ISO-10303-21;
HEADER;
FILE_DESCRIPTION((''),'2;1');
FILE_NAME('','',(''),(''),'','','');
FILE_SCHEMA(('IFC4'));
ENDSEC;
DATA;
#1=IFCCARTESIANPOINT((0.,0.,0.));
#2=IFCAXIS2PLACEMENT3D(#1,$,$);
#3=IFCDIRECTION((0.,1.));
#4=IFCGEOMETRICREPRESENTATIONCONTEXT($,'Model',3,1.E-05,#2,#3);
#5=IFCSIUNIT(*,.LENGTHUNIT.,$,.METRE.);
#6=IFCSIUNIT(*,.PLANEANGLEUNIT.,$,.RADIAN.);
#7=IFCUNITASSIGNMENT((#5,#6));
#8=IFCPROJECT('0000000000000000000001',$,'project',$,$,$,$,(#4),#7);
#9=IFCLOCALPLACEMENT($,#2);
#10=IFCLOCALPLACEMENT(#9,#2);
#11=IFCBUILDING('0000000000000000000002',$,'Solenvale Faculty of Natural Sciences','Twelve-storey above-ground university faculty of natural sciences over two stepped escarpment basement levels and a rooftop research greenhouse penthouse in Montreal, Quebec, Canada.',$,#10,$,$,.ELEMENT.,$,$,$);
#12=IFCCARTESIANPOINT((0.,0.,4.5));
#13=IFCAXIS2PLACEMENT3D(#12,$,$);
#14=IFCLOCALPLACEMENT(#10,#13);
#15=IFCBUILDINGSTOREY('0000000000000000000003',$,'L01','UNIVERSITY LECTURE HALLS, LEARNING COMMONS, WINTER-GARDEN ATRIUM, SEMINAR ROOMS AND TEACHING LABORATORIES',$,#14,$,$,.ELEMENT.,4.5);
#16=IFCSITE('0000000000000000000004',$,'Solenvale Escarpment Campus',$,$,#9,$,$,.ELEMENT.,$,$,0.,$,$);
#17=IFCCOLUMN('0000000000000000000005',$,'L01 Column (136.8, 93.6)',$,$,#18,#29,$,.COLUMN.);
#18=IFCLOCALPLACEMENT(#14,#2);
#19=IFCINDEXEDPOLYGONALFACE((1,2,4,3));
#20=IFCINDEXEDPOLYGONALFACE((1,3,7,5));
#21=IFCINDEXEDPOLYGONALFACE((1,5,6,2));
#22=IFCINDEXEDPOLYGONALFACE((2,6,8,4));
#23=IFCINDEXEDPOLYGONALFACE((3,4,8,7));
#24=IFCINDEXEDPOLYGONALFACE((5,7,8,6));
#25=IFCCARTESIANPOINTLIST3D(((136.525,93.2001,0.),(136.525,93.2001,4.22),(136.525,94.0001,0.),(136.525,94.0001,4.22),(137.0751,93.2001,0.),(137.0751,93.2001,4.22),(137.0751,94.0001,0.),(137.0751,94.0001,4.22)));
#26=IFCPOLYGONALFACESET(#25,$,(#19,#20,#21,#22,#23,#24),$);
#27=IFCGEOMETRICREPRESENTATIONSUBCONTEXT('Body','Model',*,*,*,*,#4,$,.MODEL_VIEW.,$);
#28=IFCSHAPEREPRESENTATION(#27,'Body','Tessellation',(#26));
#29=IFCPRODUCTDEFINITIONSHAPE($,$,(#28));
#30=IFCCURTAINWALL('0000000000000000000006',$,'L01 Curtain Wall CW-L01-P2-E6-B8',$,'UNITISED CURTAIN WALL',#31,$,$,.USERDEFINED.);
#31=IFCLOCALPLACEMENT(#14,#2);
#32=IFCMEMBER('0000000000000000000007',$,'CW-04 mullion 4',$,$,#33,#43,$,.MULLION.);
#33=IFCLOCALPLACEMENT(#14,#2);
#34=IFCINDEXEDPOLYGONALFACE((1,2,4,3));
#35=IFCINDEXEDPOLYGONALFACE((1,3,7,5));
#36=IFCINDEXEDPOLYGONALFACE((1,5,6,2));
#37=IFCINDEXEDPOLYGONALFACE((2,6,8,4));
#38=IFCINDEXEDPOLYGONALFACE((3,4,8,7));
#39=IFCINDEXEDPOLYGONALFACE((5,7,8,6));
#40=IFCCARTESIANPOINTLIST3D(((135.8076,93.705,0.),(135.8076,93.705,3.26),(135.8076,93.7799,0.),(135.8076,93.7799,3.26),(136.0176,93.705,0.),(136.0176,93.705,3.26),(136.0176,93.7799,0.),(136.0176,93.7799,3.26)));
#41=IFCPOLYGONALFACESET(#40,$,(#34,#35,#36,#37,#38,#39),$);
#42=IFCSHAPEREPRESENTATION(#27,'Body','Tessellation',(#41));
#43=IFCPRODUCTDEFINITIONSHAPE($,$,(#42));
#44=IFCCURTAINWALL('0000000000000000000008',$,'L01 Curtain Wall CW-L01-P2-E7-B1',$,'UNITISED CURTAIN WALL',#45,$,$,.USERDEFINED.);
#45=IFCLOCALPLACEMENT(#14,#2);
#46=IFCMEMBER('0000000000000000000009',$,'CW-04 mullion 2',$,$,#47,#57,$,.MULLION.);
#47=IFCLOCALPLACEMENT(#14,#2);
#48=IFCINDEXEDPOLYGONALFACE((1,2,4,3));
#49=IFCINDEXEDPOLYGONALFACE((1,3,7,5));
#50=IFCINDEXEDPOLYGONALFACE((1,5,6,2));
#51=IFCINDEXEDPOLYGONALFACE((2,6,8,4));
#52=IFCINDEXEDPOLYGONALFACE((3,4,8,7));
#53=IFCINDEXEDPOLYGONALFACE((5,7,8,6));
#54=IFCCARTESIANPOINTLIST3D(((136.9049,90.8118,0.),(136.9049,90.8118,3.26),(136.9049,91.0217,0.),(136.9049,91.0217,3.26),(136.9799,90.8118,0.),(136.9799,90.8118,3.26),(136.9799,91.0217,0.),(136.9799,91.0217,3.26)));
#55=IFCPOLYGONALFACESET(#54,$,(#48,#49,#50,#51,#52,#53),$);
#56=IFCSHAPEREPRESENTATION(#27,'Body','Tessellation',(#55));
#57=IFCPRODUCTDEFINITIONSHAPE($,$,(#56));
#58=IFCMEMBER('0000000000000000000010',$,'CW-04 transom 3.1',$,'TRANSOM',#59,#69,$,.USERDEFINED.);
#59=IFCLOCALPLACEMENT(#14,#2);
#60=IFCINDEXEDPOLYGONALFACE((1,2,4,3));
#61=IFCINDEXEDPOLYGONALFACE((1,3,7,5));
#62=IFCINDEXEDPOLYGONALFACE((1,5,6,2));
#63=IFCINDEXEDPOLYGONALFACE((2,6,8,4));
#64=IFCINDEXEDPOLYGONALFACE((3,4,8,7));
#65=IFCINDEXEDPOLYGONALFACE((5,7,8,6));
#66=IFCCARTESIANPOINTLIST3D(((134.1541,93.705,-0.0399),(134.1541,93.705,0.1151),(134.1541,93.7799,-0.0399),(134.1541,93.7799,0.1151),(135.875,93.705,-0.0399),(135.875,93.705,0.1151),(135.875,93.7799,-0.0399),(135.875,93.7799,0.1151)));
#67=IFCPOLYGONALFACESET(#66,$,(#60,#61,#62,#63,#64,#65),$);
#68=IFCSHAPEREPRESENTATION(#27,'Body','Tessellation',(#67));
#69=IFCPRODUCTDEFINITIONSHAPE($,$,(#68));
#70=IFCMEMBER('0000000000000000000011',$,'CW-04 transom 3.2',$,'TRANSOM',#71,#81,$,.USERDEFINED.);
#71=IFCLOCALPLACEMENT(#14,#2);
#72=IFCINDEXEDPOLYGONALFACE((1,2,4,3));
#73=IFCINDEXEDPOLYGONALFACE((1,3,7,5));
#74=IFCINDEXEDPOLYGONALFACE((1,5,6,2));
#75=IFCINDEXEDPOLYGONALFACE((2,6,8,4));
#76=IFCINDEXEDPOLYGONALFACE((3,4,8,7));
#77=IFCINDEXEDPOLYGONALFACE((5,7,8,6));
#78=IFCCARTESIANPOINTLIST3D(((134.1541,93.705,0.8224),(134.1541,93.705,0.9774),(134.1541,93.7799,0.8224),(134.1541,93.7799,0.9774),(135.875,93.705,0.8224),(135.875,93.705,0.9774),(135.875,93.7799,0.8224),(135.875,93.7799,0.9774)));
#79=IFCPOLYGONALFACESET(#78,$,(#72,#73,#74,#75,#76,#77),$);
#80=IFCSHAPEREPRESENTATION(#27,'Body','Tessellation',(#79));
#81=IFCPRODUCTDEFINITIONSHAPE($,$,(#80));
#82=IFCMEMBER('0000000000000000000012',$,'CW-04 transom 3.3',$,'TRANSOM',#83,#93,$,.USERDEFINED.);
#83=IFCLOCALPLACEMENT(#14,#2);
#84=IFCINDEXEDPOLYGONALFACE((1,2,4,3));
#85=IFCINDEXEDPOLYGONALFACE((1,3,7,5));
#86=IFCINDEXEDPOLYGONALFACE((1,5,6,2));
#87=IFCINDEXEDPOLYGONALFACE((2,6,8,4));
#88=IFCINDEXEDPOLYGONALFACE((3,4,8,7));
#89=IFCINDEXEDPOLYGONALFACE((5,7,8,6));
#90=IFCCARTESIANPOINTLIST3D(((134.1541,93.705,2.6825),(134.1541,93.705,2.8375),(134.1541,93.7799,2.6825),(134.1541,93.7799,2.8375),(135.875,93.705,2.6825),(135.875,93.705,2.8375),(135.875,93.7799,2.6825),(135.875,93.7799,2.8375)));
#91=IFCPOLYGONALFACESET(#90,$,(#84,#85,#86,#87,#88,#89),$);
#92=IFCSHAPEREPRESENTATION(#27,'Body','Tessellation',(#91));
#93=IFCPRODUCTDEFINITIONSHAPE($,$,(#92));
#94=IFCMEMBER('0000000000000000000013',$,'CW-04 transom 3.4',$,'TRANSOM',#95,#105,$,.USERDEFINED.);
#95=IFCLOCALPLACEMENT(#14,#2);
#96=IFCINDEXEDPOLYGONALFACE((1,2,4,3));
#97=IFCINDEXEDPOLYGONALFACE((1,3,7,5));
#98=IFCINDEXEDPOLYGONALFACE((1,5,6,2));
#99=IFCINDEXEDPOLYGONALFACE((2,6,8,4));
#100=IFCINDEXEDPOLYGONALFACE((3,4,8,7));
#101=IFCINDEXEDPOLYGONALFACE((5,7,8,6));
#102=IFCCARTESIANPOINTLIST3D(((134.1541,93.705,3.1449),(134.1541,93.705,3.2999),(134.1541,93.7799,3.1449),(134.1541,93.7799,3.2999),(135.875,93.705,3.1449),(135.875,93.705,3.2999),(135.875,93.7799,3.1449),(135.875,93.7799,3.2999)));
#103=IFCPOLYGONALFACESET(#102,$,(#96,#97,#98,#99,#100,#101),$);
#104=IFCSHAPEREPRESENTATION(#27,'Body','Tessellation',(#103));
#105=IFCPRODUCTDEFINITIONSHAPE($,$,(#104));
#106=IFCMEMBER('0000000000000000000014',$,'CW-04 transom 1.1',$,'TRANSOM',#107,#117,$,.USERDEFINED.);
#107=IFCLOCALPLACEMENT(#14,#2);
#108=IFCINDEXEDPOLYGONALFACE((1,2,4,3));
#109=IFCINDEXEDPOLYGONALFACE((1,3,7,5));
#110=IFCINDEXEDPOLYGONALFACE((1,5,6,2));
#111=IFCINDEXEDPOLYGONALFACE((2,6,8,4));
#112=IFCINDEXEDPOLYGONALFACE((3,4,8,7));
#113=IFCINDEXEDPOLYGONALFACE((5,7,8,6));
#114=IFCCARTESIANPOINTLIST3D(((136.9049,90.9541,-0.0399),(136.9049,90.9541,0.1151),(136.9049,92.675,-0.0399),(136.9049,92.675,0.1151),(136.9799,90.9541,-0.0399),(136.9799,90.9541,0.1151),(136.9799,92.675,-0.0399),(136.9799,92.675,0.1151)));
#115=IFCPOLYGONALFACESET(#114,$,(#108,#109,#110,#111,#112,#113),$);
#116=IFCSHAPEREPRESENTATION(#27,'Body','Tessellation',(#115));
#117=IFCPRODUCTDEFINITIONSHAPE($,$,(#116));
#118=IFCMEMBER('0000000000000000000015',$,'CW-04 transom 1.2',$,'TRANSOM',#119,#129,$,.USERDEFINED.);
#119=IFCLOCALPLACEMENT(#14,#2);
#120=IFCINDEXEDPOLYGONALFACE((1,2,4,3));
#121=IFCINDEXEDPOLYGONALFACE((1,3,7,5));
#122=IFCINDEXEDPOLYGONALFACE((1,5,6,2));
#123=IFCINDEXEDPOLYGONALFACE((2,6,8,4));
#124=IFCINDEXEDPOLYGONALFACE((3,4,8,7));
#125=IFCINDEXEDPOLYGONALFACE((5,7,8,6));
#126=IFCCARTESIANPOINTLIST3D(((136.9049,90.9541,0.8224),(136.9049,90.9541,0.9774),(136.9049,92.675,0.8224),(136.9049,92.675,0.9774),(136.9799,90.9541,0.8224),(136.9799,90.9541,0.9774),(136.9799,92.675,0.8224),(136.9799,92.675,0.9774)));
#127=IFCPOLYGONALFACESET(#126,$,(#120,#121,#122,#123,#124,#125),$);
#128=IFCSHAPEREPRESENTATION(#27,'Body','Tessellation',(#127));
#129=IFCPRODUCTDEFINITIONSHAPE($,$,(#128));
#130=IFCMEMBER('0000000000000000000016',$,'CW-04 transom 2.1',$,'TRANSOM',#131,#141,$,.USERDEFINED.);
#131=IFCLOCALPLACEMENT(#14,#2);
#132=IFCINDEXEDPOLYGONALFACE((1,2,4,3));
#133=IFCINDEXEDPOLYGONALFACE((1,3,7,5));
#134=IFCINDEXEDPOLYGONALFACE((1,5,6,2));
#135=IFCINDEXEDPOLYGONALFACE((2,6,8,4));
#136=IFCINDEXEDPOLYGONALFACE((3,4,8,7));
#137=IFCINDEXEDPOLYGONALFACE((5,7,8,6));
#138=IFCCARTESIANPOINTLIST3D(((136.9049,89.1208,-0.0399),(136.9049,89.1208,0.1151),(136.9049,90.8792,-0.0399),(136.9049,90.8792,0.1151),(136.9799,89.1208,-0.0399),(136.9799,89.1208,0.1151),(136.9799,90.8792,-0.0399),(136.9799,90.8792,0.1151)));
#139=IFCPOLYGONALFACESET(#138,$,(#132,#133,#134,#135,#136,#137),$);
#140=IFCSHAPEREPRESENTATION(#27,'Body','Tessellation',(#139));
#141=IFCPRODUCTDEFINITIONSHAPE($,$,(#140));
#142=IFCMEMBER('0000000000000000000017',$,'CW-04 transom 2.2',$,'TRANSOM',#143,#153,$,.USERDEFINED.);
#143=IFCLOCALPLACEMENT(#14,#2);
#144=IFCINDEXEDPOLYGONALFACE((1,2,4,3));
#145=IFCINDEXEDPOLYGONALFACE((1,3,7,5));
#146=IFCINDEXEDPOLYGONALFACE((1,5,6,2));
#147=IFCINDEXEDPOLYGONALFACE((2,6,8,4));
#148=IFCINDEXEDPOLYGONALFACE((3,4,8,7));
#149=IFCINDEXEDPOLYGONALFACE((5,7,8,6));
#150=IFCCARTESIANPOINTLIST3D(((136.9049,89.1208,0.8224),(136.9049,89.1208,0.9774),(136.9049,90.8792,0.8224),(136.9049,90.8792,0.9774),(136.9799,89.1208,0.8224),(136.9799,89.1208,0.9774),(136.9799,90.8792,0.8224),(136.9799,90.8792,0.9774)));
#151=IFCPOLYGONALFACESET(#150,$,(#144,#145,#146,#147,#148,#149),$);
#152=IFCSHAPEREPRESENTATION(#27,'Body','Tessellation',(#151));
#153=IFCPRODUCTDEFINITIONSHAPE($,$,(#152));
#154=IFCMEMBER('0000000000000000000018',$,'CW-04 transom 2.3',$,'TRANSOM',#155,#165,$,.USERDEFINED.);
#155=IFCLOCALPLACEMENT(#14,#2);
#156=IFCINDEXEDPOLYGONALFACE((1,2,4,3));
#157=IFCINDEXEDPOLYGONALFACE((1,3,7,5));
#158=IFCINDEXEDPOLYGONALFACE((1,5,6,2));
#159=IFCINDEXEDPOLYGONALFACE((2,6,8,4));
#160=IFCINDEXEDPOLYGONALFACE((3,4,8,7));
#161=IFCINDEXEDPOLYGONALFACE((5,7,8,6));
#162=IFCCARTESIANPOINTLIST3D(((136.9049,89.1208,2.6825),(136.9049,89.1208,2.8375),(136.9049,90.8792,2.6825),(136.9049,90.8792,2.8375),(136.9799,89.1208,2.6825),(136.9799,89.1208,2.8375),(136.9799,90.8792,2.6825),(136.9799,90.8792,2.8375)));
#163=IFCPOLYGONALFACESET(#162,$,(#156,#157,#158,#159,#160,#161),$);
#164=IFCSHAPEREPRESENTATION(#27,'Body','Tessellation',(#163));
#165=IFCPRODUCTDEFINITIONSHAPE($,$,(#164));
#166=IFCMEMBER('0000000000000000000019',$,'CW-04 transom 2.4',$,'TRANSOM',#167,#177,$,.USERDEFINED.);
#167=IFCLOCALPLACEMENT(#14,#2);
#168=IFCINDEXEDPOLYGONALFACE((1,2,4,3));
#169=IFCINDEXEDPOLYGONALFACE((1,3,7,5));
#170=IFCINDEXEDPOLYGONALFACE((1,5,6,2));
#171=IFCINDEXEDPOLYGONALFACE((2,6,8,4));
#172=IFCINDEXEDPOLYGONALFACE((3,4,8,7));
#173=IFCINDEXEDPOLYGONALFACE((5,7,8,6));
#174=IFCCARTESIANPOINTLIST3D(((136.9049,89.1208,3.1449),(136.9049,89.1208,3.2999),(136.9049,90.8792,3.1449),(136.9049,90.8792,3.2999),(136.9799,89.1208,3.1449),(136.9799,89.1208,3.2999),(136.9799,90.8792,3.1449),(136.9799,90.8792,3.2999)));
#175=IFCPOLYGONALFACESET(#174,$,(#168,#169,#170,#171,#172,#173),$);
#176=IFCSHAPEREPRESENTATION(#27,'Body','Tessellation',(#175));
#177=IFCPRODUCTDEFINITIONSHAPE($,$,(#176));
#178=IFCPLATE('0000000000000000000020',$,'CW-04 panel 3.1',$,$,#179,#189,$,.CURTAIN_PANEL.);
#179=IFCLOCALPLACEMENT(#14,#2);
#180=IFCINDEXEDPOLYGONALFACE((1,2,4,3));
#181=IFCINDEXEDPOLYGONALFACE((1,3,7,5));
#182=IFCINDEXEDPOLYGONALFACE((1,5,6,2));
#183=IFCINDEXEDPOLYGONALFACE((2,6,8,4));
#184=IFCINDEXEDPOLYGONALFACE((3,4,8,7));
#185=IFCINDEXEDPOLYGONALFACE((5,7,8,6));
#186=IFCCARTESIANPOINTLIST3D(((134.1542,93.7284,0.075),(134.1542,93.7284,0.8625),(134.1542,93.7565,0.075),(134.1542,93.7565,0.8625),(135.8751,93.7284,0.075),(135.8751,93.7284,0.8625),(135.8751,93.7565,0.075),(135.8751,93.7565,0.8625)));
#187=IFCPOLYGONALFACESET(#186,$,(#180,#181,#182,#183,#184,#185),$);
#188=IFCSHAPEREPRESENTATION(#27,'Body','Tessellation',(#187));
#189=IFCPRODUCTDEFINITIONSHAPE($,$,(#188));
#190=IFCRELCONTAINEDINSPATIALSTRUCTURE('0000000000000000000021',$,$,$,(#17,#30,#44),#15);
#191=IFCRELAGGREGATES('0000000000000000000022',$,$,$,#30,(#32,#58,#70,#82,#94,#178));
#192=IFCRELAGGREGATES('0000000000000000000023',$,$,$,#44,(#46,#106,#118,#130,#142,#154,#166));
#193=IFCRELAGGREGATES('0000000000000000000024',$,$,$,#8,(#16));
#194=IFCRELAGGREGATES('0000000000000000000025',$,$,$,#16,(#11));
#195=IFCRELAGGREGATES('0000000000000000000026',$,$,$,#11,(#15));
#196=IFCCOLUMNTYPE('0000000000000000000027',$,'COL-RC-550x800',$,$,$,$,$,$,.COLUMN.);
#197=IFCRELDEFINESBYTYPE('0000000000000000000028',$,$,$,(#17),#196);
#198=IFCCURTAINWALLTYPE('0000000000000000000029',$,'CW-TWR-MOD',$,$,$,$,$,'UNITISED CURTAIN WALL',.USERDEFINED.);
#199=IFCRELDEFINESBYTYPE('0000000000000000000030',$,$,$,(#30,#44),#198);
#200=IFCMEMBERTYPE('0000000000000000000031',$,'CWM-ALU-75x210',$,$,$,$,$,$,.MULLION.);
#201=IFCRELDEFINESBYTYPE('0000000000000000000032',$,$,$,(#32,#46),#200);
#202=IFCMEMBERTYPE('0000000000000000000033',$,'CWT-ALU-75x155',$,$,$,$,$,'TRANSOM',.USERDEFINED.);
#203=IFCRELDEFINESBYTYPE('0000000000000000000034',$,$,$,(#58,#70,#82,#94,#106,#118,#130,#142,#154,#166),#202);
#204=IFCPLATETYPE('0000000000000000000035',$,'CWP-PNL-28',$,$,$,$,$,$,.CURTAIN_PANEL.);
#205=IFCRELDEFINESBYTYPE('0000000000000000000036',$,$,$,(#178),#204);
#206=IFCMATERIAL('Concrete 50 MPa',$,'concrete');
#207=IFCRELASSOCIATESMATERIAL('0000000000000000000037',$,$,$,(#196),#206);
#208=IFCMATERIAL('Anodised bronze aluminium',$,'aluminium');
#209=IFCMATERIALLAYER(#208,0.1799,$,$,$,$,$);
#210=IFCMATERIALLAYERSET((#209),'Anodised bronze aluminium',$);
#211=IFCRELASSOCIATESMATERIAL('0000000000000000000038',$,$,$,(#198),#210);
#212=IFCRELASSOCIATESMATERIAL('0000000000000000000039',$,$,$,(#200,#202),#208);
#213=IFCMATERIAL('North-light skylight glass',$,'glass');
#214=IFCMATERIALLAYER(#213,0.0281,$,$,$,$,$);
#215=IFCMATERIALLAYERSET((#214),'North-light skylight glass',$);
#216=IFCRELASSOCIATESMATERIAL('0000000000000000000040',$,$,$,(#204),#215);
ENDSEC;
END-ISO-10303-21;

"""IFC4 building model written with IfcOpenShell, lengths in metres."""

from ifc_helpers import new_model, si_unit, direction, frame, origin, origin_2d, place, context, subcontext, project, spatial, rectangle, extrude, material, layer, layer_set, material_profile, profile_set, type_object, element, aggregate, save


model = new_model("IFC4")

# Units and contexts
model_context = context("Model", 3, precision=1e-05, world=origin(), true_north=direction((0.0, 1.0)))
body_context = subcontext(model_context, "Body", "Model", "MODEL_VIEW")
ifc_project = project(units=[si_unit("LENGTHUNIT", "METRE"), si_unit("PLANEANGLEUNIT", "RADIAN")], contexts=[model_context])

# Site, building, storey
site_placement = place(None, origin())
site = spatial("IfcSite", under=ifc_project, at=site_placement, Name="Solenvale Escarpment Campus", CompositionType="ELEMENT", RefElevation=0.0)
building_placement = place(site_placement, origin())
building = spatial("IfcBuilding", under=site, at=building_placement, Name="Solenvale Faculty of Natural Sciences", Description="Twelve-storey above-ground university faculty of natural sciences over two stepped escarpment basement levels and a rooftop research greenhouse penthouse in Montreal, Quebec, Canada.", CompositionType="ELEMENT")
storey_placement = place(building_placement, frame((0.0, 0.0, 4.5)))
storey = spatial("IfcBuildingStorey", under=building, at=storey_placement, Name="L01", Description="UNIVERSITY LECTURE HALLS, LEARNING COMMONS, WINTER-GARDEN ATRIUM, SEMINAR ROOMS AND TEACHING LABORATORIES", CompositionType="ELEMENT", Elevation=4.5)

# Column
ifc_material_1 = material(Name="Concrete 50 MPa", Category="concrete")
ifc_material_profile_1 = material_profile(ifc_material_1, rectangle(XDim=0.55, YDim=0.8, at=origin_2d()), Name="RC-COL-550x800")
ifc_profile_set_1 = profile_set([ifc_material_profile_1], Name="Concrete 50 MPa")
column_type = type_object("IfcColumnType", Name="COL-RC-550x800", PredefinedType="COLUMN", material=ifc_profile_set_1)
column_placement = place(storey_placement, frame((136.8, 93.6001, 0.0), z_axis=(0.0, 0.0, 1.0), x_axis=(1.0, 0.0, 0.0)))
element("IfcColumn", 1, at=column_placement, inside=storey, type_object=column_type, Name="L01 Column (136.8, 93.6)", PredefinedType="COLUMN", context=body_context, shape_type="SweptSolid", body=[
    extrude(rectangle(XDim=0.55, YDim=0.8, at=origin_2d()), origin(), (0.0, 0.0, 1.0), 4.22),
])

# Curtain walls, members
ifc_material_2 = material(Name="Anodised bronze aluminium", Category="aluminium")
ifc_layer_1 = layer(ifc_material_2, 0.1799)
ifc_layer_set_1 = layer_set([ifc_layer_1], Name="Anodised bronze aluminium")
curtain_wall_type = type_object("IfcCurtainWallType", Name="CW-TWR-MOD", ElementType="UNITISED CURTAIN WALL", PredefinedType="USERDEFINED", material=ifc_layer_set_1)
curtain_wall_1_placement = place(storey_placement, origin())
curtain_wall_1 = element("IfcCurtainWall", 2, at=curtain_wall_1_placement, inside=storey, type_object=curtain_wall_type, Name="L01 Curtain Wall CW-L01-P2-E6-B8", ObjectType="UNITISED CURTAIN WALL", PredefinedType="USERDEFINED")
ifc_material_profile_2 = material_profile(ifc_material_2, rectangle(XDim=0.075, YDim=0.21, at=origin_2d()), Name="ALU-MUL-75x210")
ifc_profile_set_2 = profile_set([ifc_material_profile_2], Name="Anodised bronze aluminium")
member_type_1 = type_object("IfcMemberType", Name="CWM-ALU-75x210", PredefinedType="MULLION", material=ifc_profile_set_2)
member_1_placement = place(storey_placement, frame((135.9126, 93.7424, 0.0), z_axis=(0.0, 0.0, 1.0), x_axis=(0.0, 1.0, 0.0)))
member_1 = element("IfcMember", 3, at=member_1_placement, type_object=member_type_1, Name="CW-04 mullion 4", PredefinedType="MULLION", context=body_context, shape_type="SweptSolid", body=[
    extrude(rectangle(XDim=0.075, YDim=0.21, at=origin_2d()), origin(), (0.0, 0.0, 1.0), 3.26),
])
curtain_wall_2_placement = place(storey_placement, origin())
curtain_wall_2 = element("IfcCurtainWall", 4, at=curtain_wall_2_placement, inside=storey, type_object=curtain_wall_type, Name="L01 Curtain Wall CW-L01-P2-E7-B1", ObjectType="UNITISED CURTAIN WALL", PredefinedType="USERDEFINED")
member_2_placement = place(storey_placement, frame((136.9424, 90.9167, 0.0), z_axis=(0.0, 0.0, 1.0), x_axis=(1.0, 0.0, 0.0)))
member_2 = element("IfcMember", 5, at=member_2_placement, type_object=member_type_1, Name="CW-04 mullion 2", PredefinedType="MULLION", context=body_context, shape_type="SweptSolid", body=[
    extrude(rectangle(XDim=0.075, YDim=0.21, at=origin_2d()), origin(), (0.0, 0.0, 1.0), 3.26),
])

# Members
ifc_material_profile_3 = material_profile(ifc_material_2, rectangle(XDim=0.075, YDim=0.155, at=origin_2d()), Name="ALU-TRN-75x155")
ifc_profile_set_3 = profile_set([ifc_material_profile_3], Name="Anodised bronze aluminium")
member_type_2 = type_object("IfcMemberType", Name="CWT-ALU-75x155", ElementType="TRANSOM", PredefinedType="USERDEFINED", material=ifc_profile_set_3)
member_3_placement = place(storey_placement, frame((134.1541, 93.7424, 0.0376), z_axis=(1.0, 0.0, 0.0), x_axis=(0.0, 1.0, 0.0)))
member_3 = element("IfcMember", 6, at=member_3_placement, type_object=member_type_2, Name="CW-04 transom 3.1", ObjectType="TRANSOM", PredefinedType="USERDEFINED", context=body_context, shape_type="SweptSolid", body=[
    extrude(rectangle(XDim=0.075, YDim=0.155, at=origin_2d()), origin(), (0.0, 0.0, 1.0), 1.7209),
])
member_4_placement = place(storey_placement, frame((134.1541, 93.7424, 0.8999), z_axis=(1.0, 0.0, 0.0), x_axis=(0.0, 1.0, 0.0)))
member_4 = element("IfcMember", 7, at=member_4_placement, type_object=member_type_2, Name="CW-04 transom 3.2", ObjectType="TRANSOM", PredefinedType="USERDEFINED", context=body_context, shape_type="SweptSolid", body=[
    extrude(rectangle(XDim=0.075, YDim=0.155, at=origin_2d()), origin(), (0.0, 0.0, 1.0), 1.7209),
])
member_5_placement = place(storey_placement, frame((134.1541, 93.7424, 2.76), z_axis=(1.0, 0.0, 0.0), x_axis=(0.0, 1.0, 0.0)))
member_5 = element("IfcMember", 8, at=member_5_placement, type_object=member_type_2, Name="CW-04 transom 3.3", ObjectType="TRANSOM", PredefinedType="USERDEFINED", context=body_context, shape_type="SweptSolid", body=[
    extrude(rectangle(XDim=0.075, YDim=0.155, at=origin_2d()), origin(), (0.0, 0.0, 1.0), 1.7209),
])
member_6_placement = place(storey_placement, frame((134.1541, 93.7424, 3.2224), z_axis=(1.0, 0.0, 0.0), x_axis=(0.0, 1.0, 0.0)))
member_6 = element("IfcMember", 9, at=member_6_placement, type_object=member_type_2, Name="CW-04 transom 3.4", ObjectType="TRANSOM", PredefinedType="USERDEFINED", context=body_context, shape_type="SweptSolid", body=[
    extrude(rectangle(XDim=0.075, YDim=0.155, at=origin_2d()), origin(), (0.0, 0.0, 1.0), 1.7209),
])
member_7_placement = place(storey_placement, frame((136.9424, 92.675, 0.0376), z_axis=(0.0, -1.0, 0.0), x_axis=(1.0, 0.0, 0.0)))
member_7 = element("IfcMember", 10, at=member_7_placement, type_object=member_type_2, Name="CW-04 transom 1.1", ObjectType="TRANSOM", PredefinedType="USERDEFINED", context=body_context, shape_type="SweptSolid", body=[
    extrude(rectangle(XDim=0.075, YDim=0.155, at=origin_2d()), origin(), (0.0, 0.0, 1.0), 1.7209),
])
member_8_placement = place(storey_placement, frame((136.9424, 92.675, 0.8999), z_axis=(0.0, -1.0, 0.0), x_axis=(1.0, 0.0, 0.0)))
member_8 = element("IfcMember", 11, at=member_8_placement, type_object=member_type_2, Name="CW-04 transom 1.2", ObjectType="TRANSOM", PredefinedType="USERDEFINED", context=body_context, shape_type="SweptSolid", body=[
    extrude(rectangle(XDim=0.075, YDim=0.155, at=origin_2d()), origin(), (0.0, 0.0, 1.0), 1.7209),
])
member_9_placement = place(storey_placement, frame((136.9424, 90.8792, 0.0376), z_axis=(0.0, -1.0, 0.0), x_axis=(1.0, 0.0, 0.0)))
member_9 = element("IfcMember", 12, at=member_9_placement, type_object=member_type_2, Name="CW-04 transom 2.1", ObjectType="TRANSOM", PredefinedType="USERDEFINED", context=body_context, shape_type="SweptSolid", body=[
    extrude(rectangle(XDim=0.075, YDim=0.155, at=origin_2d()), origin(), (0.0, 0.0, 1.0), 1.7583),
])
member_10_placement = place(storey_placement, frame((136.9424, 90.8792, 0.8999), z_axis=(0.0, -1.0, 0.0), x_axis=(1.0, 0.0, 0.0)))
member_10 = element("IfcMember", 13, at=member_10_placement, type_object=member_type_2, Name="CW-04 transom 2.2", ObjectType="TRANSOM", PredefinedType="USERDEFINED", context=body_context, shape_type="SweptSolid", body=[
    extrude(rectangle(XDim=0.075, YDim=0.155, at=origin_2d()), origin(), (0.0, 0.0, 1.0), 1.7583),
])
member_11_placement = place(storey_placement, frame((136.9424, 90.8792, 2.76), z_axis=(0.0, -1.0, 0.0), x_axis=(1.0, 0.0, 0.0)))
member_11 = element("IfcMember", 14, at=member_11_placement, type_object=member_type_2, Name="CW-04 transom 2.3", ObjectType="TRANSOM", PredefinedType="USERDEFINED", context=body_context, shape_type="SweptSolid", body=[
    extrude(rectangle(XDim=0.075, YDim=0.155, at=origin_2d()), origin(), (0.0, 0.0, 1.0), 1.7583),
])
member_12_placement = place(storey_placement, frame((136.9424, 90.8792, 3.2224), z_axis=(0.0, -1.0, 0.0), x_axis=(1.0, 0.0, 0.0)))
member_12 = element("IfcMember", 15, at=member_12_placement, type_object=member_type_2, Name="CW-04 transom 2.4", ObjectType="TRANSOM", PredefinedType="USERDEFINED", context=body_context, shape_type="SweptSolid", body=[
    extrude(rectangle(XDim=0.075, YDim=0.155, at=origin_2d()), origin(), (0.0, 0.0, 1.0), 1.7583),
])

# Plate
ifc_material_3 = material(Name="North-light skylight glass", Category="glass")
ifc_layer_2 = layer(ifc_material_3, 0.0281)
ifc_layer_set_2 = layer_set([ifc_layer_2], Name="North-light skylight glass")
plate_type_1 = type_object("IfcPlateType", Name="CWP-PNL-28", PredefinedType="CURTAIN_PANEL", material=ifc_layer_set_2)
plate_1_placement = place(storey_placement, frame((135.0146, 93.7424, 0.075), z_axis=(0.0, 0.0, 1.0), x_axis=(1.0, 0.0, 0.0)))
plate_1 = element("IfcPlate", 16, at=plate_1_placement, type_object=plate_type_1, Name="CW-04 panel 3.1", PredefinedType="CURTAIN_PANEL", context=body_context, shape_type="SweptSolid", body=[
    extrude(rectangle(XDim=1.7209, YDim=0.0281, at=origin_2d()), origin(), (0.0, 0.0, 1.0), 0.7876),
])
aggregate(curtain_wall_1, [member_1, member_3, member_4, member_5, member_6, plate_1])
aggregate(curtain_wall_2, [member_2, member_7, member_8, member_9, member_10, member_11, member_12])

save(model, "model.ifc")
